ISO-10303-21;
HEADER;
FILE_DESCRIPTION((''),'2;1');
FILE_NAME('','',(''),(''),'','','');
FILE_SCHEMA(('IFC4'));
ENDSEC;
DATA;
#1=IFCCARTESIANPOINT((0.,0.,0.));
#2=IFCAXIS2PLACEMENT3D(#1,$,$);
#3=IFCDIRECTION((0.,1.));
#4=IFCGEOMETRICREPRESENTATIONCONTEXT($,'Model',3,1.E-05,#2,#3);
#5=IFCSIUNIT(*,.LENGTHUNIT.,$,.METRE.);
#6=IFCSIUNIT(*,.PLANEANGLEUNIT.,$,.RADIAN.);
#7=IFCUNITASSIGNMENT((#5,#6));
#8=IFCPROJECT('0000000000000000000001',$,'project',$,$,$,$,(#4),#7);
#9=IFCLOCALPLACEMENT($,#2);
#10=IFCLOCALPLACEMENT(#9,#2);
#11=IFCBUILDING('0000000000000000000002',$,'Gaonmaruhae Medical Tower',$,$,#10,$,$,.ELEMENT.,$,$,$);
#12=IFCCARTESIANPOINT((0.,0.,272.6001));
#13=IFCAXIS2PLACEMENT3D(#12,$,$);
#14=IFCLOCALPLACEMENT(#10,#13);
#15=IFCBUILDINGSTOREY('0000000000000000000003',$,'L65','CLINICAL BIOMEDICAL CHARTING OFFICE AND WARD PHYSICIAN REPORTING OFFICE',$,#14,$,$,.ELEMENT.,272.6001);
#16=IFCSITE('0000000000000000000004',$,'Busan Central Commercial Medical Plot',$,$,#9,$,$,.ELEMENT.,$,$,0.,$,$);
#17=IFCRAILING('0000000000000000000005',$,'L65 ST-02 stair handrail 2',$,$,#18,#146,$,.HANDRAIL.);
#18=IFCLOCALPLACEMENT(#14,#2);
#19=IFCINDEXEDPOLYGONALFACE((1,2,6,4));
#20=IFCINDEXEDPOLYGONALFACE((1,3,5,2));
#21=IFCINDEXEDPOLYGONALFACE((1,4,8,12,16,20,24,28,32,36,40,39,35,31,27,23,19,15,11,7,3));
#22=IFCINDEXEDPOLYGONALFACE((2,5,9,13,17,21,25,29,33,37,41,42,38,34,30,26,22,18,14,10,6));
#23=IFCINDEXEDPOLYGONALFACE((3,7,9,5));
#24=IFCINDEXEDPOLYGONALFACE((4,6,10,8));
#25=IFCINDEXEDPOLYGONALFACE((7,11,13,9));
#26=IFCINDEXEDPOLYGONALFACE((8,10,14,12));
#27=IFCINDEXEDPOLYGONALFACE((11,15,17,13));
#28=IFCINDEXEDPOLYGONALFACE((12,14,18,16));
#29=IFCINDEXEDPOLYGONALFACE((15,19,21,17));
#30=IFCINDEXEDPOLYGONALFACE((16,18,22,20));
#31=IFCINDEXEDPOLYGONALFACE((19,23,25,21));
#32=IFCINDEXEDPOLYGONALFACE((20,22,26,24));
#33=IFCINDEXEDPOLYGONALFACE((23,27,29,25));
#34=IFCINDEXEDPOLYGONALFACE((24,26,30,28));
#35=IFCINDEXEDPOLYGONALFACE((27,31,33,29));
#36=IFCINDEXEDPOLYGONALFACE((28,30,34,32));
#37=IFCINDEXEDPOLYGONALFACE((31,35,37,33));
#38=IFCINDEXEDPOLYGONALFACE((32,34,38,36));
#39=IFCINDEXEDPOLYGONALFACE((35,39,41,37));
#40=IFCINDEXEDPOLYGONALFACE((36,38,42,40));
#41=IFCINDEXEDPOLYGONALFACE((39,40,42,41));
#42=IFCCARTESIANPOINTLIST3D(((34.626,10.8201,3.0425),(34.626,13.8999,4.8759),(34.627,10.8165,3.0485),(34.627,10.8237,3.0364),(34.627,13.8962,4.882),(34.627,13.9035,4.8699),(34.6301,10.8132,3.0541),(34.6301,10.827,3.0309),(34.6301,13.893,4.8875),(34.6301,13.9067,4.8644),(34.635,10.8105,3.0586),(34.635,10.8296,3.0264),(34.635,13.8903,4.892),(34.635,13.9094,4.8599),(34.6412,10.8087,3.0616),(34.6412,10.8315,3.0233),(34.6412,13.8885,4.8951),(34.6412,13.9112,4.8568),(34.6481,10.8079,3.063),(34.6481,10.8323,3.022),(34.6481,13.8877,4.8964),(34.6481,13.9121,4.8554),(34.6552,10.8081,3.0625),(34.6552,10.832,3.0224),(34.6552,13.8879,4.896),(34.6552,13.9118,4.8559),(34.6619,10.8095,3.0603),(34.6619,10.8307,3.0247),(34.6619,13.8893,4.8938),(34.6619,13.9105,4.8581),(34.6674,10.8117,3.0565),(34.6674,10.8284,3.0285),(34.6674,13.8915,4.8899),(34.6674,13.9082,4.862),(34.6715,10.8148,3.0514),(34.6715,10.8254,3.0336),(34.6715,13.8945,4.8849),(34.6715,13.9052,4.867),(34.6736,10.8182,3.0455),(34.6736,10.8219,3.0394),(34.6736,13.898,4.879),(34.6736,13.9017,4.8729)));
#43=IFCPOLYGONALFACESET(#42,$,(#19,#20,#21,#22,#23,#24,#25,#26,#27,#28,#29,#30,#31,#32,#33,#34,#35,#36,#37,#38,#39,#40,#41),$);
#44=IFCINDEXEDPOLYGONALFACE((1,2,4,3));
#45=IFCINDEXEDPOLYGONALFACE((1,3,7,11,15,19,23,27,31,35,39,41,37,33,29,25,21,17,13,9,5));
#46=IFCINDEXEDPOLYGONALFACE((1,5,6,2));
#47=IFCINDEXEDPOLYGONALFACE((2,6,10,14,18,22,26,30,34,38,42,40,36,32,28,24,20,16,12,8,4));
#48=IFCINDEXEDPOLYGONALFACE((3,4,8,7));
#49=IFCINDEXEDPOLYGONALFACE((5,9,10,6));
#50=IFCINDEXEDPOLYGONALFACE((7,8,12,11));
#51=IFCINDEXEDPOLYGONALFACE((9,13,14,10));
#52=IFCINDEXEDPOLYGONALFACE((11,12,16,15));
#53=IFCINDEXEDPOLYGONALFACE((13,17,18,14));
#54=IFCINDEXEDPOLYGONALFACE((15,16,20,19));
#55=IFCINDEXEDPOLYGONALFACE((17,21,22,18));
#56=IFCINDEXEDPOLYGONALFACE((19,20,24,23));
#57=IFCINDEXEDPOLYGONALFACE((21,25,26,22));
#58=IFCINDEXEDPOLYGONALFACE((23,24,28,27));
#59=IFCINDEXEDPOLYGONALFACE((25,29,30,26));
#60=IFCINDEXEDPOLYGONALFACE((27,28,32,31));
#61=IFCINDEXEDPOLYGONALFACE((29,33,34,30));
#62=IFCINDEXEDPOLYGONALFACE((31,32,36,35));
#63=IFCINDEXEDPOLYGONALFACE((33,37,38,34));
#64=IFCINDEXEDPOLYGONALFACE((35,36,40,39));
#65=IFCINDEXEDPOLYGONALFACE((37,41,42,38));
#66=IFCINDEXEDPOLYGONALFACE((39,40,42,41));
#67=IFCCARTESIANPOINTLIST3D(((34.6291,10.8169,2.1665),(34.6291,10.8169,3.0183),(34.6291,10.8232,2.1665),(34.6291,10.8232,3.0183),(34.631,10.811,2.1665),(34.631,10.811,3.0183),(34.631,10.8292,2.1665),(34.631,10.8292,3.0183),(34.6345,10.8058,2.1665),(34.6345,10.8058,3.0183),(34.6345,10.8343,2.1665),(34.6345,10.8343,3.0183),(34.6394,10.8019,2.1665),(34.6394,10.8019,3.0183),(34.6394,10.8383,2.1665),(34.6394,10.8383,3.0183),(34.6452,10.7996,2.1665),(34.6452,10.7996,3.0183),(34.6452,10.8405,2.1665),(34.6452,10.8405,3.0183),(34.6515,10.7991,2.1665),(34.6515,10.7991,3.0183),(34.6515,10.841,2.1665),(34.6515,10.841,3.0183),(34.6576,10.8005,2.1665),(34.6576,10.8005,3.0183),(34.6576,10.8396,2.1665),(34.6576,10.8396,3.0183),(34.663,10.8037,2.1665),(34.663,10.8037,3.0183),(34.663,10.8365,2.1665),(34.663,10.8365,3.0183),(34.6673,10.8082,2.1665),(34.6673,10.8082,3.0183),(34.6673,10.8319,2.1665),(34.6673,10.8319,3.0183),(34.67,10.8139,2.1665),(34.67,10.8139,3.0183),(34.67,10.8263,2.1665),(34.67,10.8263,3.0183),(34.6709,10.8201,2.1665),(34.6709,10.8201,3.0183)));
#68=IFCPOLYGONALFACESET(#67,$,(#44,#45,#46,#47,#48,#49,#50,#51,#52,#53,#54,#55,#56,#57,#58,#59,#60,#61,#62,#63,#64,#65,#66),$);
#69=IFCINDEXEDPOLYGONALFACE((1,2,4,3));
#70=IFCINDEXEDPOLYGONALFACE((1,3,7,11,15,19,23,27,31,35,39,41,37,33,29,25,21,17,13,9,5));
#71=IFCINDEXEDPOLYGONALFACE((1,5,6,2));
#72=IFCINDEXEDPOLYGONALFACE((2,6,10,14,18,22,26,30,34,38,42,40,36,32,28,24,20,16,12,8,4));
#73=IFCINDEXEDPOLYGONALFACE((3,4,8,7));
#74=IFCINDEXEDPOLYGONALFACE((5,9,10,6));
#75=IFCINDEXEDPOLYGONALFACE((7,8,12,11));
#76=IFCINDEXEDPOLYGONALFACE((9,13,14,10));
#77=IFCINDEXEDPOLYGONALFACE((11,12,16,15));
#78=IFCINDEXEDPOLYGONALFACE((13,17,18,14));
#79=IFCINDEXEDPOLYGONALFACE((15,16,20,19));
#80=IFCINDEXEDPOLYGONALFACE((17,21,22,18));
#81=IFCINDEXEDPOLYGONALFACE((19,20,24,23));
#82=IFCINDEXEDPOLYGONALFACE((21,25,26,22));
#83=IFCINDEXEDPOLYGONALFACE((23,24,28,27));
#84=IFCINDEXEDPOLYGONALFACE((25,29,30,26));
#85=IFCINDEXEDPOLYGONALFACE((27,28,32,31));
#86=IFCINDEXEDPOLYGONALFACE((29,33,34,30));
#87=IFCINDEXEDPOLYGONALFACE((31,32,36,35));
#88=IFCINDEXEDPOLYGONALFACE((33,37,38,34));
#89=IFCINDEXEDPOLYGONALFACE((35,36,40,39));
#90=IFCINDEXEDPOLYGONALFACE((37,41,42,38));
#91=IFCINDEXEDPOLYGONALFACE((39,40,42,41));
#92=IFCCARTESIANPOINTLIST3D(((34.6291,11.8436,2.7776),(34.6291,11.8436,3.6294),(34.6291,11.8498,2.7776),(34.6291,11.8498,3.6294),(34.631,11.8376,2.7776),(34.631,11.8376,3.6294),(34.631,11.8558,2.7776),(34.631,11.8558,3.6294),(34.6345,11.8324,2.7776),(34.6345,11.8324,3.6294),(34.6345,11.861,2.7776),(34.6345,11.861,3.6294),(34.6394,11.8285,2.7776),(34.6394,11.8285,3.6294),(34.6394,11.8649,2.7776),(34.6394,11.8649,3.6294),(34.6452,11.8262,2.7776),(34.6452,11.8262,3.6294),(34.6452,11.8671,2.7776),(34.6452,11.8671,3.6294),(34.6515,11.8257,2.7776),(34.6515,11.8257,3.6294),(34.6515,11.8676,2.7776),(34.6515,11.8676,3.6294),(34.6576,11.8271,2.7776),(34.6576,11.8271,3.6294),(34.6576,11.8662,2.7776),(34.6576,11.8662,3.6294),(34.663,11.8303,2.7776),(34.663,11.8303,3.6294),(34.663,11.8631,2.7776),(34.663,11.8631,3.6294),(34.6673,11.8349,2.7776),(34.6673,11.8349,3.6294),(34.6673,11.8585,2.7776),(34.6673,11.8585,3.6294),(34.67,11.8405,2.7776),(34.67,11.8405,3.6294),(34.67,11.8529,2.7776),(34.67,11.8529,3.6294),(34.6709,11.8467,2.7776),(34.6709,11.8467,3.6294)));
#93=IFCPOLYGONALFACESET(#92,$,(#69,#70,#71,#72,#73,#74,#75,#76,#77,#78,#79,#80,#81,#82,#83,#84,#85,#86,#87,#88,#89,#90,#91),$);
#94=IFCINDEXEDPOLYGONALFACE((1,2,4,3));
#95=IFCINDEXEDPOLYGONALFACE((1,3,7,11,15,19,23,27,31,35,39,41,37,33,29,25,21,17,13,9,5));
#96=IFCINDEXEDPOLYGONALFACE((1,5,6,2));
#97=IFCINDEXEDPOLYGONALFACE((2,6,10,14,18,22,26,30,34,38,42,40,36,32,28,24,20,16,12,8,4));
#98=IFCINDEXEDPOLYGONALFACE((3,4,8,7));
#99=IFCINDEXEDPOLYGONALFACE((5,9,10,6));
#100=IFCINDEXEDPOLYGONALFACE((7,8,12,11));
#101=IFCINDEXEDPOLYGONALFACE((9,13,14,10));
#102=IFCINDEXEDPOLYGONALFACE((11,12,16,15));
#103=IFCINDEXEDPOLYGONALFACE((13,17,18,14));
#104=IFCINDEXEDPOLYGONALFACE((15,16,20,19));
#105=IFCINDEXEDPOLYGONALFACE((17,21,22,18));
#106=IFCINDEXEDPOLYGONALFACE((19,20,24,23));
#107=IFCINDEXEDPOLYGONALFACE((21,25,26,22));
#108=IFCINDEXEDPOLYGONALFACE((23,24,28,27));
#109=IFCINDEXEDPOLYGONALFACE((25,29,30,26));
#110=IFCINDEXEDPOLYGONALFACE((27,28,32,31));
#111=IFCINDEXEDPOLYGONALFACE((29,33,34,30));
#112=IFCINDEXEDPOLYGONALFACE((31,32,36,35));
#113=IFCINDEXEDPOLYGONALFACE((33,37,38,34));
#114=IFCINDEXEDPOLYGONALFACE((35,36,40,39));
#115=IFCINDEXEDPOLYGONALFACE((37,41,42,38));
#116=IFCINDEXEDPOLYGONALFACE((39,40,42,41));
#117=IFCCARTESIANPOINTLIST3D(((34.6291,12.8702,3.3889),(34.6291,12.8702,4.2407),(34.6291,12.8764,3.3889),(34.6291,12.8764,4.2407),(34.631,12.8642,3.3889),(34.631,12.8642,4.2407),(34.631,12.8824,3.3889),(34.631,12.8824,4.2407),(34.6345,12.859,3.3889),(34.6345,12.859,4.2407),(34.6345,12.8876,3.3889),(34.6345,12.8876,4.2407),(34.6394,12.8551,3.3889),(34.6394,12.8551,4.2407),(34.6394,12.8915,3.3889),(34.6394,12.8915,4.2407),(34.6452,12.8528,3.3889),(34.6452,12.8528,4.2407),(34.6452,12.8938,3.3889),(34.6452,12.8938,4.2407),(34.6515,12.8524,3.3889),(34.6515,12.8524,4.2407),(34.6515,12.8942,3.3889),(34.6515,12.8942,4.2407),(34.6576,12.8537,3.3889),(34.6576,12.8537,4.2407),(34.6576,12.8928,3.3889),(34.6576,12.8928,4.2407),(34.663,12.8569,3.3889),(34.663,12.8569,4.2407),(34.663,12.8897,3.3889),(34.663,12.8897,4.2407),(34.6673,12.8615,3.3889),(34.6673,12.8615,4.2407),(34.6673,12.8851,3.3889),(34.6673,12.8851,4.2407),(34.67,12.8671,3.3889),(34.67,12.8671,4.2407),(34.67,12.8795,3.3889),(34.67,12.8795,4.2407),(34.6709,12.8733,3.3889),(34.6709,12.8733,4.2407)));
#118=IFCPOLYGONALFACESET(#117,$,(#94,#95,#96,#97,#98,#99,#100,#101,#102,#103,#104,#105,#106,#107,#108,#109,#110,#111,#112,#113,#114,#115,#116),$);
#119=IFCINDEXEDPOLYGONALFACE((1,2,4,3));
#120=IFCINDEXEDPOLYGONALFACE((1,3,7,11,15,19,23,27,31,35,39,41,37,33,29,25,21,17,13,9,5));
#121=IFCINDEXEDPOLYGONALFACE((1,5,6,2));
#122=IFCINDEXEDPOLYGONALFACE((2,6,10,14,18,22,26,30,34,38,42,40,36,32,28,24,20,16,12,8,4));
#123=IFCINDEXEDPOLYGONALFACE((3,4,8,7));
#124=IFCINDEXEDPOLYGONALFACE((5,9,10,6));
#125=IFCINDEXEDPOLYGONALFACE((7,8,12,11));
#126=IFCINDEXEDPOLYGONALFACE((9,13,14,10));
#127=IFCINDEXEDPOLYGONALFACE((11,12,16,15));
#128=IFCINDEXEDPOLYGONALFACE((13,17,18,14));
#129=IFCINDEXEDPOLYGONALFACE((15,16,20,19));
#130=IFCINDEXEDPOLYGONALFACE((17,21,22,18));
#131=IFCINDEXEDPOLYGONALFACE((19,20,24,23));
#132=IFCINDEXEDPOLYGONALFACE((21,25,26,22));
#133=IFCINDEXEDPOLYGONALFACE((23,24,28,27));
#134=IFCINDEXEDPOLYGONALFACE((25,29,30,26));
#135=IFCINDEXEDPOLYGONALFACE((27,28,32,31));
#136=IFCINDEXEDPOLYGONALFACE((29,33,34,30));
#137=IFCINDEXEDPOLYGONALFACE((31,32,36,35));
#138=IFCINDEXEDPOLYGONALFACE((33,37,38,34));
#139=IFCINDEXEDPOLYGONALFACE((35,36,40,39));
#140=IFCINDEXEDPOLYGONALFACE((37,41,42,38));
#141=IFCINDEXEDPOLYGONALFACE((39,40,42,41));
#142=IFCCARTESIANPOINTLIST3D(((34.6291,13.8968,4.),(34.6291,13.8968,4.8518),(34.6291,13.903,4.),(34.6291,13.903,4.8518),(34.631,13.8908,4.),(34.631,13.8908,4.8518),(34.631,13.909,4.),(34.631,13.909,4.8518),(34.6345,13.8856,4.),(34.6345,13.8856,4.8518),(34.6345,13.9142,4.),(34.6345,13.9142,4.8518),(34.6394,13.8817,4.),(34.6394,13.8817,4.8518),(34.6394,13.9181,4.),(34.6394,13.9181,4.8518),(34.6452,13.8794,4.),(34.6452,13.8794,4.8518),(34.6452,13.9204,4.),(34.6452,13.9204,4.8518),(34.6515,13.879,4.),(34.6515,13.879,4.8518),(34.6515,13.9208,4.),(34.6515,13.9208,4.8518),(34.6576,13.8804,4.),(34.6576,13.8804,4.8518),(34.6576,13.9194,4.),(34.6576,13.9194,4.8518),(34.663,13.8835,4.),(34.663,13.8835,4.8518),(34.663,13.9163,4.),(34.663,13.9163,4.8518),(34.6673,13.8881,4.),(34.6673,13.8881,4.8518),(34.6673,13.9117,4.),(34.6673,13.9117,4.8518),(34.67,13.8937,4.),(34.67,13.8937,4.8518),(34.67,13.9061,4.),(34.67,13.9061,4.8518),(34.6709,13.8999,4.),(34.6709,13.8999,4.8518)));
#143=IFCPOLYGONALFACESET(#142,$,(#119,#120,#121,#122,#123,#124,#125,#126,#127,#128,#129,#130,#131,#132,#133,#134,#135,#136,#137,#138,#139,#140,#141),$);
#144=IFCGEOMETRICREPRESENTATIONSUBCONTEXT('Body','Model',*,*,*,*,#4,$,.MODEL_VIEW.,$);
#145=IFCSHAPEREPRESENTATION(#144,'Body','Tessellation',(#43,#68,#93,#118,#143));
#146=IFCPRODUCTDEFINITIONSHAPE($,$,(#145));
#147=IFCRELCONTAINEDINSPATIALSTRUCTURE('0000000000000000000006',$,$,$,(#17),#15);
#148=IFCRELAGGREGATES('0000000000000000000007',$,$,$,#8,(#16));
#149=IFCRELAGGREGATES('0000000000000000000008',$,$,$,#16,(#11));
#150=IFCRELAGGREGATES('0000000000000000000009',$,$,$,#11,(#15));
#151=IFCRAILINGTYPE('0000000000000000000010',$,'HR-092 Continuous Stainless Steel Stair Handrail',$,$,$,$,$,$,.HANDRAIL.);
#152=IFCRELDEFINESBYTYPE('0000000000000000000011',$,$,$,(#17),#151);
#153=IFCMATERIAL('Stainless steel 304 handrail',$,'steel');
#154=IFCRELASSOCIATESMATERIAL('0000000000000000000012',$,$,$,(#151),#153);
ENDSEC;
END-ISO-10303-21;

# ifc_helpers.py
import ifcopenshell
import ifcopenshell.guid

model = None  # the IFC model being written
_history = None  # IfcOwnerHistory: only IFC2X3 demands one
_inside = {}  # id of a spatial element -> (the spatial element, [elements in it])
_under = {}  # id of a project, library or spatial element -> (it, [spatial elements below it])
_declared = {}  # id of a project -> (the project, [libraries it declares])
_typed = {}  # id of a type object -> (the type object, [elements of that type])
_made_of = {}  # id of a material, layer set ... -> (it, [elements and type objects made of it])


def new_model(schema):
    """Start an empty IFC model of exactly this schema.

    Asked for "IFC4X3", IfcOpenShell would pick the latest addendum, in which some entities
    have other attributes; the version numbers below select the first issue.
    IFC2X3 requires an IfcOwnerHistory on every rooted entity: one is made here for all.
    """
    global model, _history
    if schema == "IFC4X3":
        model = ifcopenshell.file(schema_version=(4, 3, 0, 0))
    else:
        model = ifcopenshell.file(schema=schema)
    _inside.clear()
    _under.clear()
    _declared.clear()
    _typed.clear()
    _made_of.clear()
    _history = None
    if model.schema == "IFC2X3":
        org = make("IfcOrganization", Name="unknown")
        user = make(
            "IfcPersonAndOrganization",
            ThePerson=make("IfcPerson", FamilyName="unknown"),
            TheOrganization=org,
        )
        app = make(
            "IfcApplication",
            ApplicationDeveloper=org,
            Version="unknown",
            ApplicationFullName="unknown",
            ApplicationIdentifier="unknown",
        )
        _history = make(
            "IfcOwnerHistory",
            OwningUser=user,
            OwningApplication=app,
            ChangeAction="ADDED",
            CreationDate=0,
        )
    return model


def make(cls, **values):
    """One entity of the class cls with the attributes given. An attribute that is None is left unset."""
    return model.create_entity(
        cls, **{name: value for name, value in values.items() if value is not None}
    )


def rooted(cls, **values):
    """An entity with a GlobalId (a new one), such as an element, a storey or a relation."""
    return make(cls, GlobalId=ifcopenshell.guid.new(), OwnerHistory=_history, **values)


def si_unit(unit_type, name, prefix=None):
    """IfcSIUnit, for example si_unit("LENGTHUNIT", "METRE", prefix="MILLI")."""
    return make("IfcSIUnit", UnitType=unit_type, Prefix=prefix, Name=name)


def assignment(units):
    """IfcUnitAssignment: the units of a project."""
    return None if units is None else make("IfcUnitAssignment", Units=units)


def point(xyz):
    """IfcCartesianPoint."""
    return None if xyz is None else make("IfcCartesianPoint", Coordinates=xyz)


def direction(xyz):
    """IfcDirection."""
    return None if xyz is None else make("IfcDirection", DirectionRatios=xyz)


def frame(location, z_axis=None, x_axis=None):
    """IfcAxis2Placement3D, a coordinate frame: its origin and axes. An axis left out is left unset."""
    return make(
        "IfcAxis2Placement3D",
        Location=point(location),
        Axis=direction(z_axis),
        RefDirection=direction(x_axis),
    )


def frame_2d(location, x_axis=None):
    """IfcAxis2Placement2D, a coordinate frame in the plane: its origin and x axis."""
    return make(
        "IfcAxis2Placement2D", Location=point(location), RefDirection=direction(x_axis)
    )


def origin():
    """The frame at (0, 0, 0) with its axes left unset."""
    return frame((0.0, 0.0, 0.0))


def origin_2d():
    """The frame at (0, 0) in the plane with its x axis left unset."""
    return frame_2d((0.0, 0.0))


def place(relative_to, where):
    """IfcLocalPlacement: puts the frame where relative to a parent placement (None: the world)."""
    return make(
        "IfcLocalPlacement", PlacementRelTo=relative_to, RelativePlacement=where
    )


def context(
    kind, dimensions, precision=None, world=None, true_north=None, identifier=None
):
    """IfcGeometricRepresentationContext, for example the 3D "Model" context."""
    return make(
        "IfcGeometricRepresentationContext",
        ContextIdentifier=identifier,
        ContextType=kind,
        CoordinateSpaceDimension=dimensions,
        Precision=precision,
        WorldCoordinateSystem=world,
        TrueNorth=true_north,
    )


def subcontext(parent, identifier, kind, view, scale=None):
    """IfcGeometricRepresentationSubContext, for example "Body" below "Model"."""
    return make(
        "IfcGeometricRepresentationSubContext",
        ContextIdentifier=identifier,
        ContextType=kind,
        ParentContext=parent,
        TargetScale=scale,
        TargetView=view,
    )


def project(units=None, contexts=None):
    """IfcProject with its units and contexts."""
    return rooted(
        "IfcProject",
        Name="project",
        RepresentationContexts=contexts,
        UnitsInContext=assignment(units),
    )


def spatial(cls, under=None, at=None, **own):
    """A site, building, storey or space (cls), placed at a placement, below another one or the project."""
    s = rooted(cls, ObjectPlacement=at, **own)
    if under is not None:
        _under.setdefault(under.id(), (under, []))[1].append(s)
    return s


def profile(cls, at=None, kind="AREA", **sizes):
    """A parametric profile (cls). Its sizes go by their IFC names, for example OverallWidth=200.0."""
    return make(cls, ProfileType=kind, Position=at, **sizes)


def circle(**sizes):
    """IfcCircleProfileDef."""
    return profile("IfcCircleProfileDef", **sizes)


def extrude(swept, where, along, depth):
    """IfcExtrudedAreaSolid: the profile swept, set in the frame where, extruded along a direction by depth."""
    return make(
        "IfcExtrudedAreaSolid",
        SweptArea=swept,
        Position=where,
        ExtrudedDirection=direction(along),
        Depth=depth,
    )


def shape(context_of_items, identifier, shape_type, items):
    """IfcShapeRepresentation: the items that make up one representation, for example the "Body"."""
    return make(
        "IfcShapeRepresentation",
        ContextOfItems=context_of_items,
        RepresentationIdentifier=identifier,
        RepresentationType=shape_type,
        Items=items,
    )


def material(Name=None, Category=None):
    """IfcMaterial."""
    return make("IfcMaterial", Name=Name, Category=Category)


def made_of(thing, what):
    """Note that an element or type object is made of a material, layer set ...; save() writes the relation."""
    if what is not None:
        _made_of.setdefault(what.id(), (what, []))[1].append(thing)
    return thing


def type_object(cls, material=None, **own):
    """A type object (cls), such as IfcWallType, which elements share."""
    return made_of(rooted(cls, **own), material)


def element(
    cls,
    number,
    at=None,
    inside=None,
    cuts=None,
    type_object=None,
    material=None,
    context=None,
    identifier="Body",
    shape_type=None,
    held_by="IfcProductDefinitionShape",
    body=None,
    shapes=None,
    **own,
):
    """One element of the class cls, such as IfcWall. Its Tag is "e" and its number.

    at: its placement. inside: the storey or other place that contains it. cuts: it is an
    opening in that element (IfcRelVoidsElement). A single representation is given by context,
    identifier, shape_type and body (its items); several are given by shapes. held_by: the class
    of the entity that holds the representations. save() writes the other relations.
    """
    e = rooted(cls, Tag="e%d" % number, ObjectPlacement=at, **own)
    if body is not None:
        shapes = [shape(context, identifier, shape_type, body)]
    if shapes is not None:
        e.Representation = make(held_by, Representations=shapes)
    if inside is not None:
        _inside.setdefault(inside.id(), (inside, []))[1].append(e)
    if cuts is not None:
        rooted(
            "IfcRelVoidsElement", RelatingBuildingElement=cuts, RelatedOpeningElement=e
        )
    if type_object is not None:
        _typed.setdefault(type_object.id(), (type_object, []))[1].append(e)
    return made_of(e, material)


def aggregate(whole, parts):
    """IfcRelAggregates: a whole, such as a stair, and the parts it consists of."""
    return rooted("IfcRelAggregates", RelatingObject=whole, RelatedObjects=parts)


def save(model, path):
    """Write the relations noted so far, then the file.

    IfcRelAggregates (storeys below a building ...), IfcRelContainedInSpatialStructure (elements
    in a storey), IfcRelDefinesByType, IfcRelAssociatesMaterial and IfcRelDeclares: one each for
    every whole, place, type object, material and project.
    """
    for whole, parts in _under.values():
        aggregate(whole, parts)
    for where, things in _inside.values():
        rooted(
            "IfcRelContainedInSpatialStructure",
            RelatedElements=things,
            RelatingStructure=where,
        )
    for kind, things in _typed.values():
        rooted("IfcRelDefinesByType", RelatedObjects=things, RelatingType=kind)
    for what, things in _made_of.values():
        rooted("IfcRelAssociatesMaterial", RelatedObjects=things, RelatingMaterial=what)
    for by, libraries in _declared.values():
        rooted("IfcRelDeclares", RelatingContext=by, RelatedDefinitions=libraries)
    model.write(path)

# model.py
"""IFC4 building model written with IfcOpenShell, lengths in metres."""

from ifc_helpers import new_model, si_unit, direction, frame, origin, origin_2d, place, context, subcontext, project, spatial, circle, extrude, material, type_object, element, save


model = new_model("IFC4")

# Units and contexts
model_context = context("Model", 3, precision=1e-05, world=origin(), true_north=direction((0.0, 1.0)))
body_context = subcontext(model_context, "Body", "Model", "MODEL_VIEW")
ifc_project = project(units=[si_unit("LENGTHUNIT", "METRE"), si_unit("PLANEANGLEUNIT", "RADIAN")], contexts=[model_context])

# Site, building, storey
site_placement = place(None, origin())
site = spatial("IfcSite", under=ifc_project, at=site_placement, Name="Busan Central Commercial Medical Plot", CompositionType="ELEMENT", RefElevation=0.0)
building_placement = place(site_placement, origin())
building = spatial("IfcBuilding", under=site, at=building_placement, Name="Gaonmaruhae Medical Tower", CompositionType="ELEMENT")
storey_placement = place(building_placement, frame((0.0, 0.0, 272.6001)))
storey = spatial("IfcBuildingStorey", under=building, at=storey_placement, Name="L65", Description="CLINICAL BIOMEDICAL CHARTING OFFICE AND WARD PHYSICIAN REPORTING OFFICE", CompositionType="ELEMENT", Elevation=272.6001)

# Railing
ifc_material_1 = material(Name="Stainless steel 304 handrail", Category="steel")
railing_type_1 = type_object("IfcRailingType", Name="HR-092 Continuous Stainless Steel Stair Handrail", PredefinedType="HANDRAIL", material=ifc_material_1)
railing_1_placement = place(storey_placement, frame((34.6499, 10.8201, 2.1665)))
element("IfcRailing", 1, at=railing_1_placement, inside=storey, type_object=railing_type_1, Name="L65 ST-02 stair handrail 2", PredefinedType="HANDRAIL", context=body_context, shape_type="SweptSolid", body=[
    extrude(circle(Radius=0.0239, at=origin_2d()), frame((0.0, 0.0, 0.876), z_axis=(0.0, 0.859261, 0.511538), x_axis=(-1.0, 0.0, 0.0)), (0.0, 0.0, 1.0), 3.5842),
    extrude(circle(Radius=0.021, at=origin_2d()), origin(), (0.0, 0.0, 1.0), 0.8518),
    extrude(circle(Radius=0.021, at=origin_2d()), frame((0.0, 1.0266, 0.6111)), (0.0, 0.0, 1.0), 0.8518),
    extrude(circle(Radius=0.021, at=origin_2d()), frame((0.0, 2.0532, 1.2224)), (0.0, 0.0, 1.0), 0.8518),
    extrude(circle(Radius=0.021, at=origin_2d()), frame((0.0, 3.0798, 1.8335)), (0.0, 0.0, 1.0), 0.8518),
])

save(model, "model.ifc")
